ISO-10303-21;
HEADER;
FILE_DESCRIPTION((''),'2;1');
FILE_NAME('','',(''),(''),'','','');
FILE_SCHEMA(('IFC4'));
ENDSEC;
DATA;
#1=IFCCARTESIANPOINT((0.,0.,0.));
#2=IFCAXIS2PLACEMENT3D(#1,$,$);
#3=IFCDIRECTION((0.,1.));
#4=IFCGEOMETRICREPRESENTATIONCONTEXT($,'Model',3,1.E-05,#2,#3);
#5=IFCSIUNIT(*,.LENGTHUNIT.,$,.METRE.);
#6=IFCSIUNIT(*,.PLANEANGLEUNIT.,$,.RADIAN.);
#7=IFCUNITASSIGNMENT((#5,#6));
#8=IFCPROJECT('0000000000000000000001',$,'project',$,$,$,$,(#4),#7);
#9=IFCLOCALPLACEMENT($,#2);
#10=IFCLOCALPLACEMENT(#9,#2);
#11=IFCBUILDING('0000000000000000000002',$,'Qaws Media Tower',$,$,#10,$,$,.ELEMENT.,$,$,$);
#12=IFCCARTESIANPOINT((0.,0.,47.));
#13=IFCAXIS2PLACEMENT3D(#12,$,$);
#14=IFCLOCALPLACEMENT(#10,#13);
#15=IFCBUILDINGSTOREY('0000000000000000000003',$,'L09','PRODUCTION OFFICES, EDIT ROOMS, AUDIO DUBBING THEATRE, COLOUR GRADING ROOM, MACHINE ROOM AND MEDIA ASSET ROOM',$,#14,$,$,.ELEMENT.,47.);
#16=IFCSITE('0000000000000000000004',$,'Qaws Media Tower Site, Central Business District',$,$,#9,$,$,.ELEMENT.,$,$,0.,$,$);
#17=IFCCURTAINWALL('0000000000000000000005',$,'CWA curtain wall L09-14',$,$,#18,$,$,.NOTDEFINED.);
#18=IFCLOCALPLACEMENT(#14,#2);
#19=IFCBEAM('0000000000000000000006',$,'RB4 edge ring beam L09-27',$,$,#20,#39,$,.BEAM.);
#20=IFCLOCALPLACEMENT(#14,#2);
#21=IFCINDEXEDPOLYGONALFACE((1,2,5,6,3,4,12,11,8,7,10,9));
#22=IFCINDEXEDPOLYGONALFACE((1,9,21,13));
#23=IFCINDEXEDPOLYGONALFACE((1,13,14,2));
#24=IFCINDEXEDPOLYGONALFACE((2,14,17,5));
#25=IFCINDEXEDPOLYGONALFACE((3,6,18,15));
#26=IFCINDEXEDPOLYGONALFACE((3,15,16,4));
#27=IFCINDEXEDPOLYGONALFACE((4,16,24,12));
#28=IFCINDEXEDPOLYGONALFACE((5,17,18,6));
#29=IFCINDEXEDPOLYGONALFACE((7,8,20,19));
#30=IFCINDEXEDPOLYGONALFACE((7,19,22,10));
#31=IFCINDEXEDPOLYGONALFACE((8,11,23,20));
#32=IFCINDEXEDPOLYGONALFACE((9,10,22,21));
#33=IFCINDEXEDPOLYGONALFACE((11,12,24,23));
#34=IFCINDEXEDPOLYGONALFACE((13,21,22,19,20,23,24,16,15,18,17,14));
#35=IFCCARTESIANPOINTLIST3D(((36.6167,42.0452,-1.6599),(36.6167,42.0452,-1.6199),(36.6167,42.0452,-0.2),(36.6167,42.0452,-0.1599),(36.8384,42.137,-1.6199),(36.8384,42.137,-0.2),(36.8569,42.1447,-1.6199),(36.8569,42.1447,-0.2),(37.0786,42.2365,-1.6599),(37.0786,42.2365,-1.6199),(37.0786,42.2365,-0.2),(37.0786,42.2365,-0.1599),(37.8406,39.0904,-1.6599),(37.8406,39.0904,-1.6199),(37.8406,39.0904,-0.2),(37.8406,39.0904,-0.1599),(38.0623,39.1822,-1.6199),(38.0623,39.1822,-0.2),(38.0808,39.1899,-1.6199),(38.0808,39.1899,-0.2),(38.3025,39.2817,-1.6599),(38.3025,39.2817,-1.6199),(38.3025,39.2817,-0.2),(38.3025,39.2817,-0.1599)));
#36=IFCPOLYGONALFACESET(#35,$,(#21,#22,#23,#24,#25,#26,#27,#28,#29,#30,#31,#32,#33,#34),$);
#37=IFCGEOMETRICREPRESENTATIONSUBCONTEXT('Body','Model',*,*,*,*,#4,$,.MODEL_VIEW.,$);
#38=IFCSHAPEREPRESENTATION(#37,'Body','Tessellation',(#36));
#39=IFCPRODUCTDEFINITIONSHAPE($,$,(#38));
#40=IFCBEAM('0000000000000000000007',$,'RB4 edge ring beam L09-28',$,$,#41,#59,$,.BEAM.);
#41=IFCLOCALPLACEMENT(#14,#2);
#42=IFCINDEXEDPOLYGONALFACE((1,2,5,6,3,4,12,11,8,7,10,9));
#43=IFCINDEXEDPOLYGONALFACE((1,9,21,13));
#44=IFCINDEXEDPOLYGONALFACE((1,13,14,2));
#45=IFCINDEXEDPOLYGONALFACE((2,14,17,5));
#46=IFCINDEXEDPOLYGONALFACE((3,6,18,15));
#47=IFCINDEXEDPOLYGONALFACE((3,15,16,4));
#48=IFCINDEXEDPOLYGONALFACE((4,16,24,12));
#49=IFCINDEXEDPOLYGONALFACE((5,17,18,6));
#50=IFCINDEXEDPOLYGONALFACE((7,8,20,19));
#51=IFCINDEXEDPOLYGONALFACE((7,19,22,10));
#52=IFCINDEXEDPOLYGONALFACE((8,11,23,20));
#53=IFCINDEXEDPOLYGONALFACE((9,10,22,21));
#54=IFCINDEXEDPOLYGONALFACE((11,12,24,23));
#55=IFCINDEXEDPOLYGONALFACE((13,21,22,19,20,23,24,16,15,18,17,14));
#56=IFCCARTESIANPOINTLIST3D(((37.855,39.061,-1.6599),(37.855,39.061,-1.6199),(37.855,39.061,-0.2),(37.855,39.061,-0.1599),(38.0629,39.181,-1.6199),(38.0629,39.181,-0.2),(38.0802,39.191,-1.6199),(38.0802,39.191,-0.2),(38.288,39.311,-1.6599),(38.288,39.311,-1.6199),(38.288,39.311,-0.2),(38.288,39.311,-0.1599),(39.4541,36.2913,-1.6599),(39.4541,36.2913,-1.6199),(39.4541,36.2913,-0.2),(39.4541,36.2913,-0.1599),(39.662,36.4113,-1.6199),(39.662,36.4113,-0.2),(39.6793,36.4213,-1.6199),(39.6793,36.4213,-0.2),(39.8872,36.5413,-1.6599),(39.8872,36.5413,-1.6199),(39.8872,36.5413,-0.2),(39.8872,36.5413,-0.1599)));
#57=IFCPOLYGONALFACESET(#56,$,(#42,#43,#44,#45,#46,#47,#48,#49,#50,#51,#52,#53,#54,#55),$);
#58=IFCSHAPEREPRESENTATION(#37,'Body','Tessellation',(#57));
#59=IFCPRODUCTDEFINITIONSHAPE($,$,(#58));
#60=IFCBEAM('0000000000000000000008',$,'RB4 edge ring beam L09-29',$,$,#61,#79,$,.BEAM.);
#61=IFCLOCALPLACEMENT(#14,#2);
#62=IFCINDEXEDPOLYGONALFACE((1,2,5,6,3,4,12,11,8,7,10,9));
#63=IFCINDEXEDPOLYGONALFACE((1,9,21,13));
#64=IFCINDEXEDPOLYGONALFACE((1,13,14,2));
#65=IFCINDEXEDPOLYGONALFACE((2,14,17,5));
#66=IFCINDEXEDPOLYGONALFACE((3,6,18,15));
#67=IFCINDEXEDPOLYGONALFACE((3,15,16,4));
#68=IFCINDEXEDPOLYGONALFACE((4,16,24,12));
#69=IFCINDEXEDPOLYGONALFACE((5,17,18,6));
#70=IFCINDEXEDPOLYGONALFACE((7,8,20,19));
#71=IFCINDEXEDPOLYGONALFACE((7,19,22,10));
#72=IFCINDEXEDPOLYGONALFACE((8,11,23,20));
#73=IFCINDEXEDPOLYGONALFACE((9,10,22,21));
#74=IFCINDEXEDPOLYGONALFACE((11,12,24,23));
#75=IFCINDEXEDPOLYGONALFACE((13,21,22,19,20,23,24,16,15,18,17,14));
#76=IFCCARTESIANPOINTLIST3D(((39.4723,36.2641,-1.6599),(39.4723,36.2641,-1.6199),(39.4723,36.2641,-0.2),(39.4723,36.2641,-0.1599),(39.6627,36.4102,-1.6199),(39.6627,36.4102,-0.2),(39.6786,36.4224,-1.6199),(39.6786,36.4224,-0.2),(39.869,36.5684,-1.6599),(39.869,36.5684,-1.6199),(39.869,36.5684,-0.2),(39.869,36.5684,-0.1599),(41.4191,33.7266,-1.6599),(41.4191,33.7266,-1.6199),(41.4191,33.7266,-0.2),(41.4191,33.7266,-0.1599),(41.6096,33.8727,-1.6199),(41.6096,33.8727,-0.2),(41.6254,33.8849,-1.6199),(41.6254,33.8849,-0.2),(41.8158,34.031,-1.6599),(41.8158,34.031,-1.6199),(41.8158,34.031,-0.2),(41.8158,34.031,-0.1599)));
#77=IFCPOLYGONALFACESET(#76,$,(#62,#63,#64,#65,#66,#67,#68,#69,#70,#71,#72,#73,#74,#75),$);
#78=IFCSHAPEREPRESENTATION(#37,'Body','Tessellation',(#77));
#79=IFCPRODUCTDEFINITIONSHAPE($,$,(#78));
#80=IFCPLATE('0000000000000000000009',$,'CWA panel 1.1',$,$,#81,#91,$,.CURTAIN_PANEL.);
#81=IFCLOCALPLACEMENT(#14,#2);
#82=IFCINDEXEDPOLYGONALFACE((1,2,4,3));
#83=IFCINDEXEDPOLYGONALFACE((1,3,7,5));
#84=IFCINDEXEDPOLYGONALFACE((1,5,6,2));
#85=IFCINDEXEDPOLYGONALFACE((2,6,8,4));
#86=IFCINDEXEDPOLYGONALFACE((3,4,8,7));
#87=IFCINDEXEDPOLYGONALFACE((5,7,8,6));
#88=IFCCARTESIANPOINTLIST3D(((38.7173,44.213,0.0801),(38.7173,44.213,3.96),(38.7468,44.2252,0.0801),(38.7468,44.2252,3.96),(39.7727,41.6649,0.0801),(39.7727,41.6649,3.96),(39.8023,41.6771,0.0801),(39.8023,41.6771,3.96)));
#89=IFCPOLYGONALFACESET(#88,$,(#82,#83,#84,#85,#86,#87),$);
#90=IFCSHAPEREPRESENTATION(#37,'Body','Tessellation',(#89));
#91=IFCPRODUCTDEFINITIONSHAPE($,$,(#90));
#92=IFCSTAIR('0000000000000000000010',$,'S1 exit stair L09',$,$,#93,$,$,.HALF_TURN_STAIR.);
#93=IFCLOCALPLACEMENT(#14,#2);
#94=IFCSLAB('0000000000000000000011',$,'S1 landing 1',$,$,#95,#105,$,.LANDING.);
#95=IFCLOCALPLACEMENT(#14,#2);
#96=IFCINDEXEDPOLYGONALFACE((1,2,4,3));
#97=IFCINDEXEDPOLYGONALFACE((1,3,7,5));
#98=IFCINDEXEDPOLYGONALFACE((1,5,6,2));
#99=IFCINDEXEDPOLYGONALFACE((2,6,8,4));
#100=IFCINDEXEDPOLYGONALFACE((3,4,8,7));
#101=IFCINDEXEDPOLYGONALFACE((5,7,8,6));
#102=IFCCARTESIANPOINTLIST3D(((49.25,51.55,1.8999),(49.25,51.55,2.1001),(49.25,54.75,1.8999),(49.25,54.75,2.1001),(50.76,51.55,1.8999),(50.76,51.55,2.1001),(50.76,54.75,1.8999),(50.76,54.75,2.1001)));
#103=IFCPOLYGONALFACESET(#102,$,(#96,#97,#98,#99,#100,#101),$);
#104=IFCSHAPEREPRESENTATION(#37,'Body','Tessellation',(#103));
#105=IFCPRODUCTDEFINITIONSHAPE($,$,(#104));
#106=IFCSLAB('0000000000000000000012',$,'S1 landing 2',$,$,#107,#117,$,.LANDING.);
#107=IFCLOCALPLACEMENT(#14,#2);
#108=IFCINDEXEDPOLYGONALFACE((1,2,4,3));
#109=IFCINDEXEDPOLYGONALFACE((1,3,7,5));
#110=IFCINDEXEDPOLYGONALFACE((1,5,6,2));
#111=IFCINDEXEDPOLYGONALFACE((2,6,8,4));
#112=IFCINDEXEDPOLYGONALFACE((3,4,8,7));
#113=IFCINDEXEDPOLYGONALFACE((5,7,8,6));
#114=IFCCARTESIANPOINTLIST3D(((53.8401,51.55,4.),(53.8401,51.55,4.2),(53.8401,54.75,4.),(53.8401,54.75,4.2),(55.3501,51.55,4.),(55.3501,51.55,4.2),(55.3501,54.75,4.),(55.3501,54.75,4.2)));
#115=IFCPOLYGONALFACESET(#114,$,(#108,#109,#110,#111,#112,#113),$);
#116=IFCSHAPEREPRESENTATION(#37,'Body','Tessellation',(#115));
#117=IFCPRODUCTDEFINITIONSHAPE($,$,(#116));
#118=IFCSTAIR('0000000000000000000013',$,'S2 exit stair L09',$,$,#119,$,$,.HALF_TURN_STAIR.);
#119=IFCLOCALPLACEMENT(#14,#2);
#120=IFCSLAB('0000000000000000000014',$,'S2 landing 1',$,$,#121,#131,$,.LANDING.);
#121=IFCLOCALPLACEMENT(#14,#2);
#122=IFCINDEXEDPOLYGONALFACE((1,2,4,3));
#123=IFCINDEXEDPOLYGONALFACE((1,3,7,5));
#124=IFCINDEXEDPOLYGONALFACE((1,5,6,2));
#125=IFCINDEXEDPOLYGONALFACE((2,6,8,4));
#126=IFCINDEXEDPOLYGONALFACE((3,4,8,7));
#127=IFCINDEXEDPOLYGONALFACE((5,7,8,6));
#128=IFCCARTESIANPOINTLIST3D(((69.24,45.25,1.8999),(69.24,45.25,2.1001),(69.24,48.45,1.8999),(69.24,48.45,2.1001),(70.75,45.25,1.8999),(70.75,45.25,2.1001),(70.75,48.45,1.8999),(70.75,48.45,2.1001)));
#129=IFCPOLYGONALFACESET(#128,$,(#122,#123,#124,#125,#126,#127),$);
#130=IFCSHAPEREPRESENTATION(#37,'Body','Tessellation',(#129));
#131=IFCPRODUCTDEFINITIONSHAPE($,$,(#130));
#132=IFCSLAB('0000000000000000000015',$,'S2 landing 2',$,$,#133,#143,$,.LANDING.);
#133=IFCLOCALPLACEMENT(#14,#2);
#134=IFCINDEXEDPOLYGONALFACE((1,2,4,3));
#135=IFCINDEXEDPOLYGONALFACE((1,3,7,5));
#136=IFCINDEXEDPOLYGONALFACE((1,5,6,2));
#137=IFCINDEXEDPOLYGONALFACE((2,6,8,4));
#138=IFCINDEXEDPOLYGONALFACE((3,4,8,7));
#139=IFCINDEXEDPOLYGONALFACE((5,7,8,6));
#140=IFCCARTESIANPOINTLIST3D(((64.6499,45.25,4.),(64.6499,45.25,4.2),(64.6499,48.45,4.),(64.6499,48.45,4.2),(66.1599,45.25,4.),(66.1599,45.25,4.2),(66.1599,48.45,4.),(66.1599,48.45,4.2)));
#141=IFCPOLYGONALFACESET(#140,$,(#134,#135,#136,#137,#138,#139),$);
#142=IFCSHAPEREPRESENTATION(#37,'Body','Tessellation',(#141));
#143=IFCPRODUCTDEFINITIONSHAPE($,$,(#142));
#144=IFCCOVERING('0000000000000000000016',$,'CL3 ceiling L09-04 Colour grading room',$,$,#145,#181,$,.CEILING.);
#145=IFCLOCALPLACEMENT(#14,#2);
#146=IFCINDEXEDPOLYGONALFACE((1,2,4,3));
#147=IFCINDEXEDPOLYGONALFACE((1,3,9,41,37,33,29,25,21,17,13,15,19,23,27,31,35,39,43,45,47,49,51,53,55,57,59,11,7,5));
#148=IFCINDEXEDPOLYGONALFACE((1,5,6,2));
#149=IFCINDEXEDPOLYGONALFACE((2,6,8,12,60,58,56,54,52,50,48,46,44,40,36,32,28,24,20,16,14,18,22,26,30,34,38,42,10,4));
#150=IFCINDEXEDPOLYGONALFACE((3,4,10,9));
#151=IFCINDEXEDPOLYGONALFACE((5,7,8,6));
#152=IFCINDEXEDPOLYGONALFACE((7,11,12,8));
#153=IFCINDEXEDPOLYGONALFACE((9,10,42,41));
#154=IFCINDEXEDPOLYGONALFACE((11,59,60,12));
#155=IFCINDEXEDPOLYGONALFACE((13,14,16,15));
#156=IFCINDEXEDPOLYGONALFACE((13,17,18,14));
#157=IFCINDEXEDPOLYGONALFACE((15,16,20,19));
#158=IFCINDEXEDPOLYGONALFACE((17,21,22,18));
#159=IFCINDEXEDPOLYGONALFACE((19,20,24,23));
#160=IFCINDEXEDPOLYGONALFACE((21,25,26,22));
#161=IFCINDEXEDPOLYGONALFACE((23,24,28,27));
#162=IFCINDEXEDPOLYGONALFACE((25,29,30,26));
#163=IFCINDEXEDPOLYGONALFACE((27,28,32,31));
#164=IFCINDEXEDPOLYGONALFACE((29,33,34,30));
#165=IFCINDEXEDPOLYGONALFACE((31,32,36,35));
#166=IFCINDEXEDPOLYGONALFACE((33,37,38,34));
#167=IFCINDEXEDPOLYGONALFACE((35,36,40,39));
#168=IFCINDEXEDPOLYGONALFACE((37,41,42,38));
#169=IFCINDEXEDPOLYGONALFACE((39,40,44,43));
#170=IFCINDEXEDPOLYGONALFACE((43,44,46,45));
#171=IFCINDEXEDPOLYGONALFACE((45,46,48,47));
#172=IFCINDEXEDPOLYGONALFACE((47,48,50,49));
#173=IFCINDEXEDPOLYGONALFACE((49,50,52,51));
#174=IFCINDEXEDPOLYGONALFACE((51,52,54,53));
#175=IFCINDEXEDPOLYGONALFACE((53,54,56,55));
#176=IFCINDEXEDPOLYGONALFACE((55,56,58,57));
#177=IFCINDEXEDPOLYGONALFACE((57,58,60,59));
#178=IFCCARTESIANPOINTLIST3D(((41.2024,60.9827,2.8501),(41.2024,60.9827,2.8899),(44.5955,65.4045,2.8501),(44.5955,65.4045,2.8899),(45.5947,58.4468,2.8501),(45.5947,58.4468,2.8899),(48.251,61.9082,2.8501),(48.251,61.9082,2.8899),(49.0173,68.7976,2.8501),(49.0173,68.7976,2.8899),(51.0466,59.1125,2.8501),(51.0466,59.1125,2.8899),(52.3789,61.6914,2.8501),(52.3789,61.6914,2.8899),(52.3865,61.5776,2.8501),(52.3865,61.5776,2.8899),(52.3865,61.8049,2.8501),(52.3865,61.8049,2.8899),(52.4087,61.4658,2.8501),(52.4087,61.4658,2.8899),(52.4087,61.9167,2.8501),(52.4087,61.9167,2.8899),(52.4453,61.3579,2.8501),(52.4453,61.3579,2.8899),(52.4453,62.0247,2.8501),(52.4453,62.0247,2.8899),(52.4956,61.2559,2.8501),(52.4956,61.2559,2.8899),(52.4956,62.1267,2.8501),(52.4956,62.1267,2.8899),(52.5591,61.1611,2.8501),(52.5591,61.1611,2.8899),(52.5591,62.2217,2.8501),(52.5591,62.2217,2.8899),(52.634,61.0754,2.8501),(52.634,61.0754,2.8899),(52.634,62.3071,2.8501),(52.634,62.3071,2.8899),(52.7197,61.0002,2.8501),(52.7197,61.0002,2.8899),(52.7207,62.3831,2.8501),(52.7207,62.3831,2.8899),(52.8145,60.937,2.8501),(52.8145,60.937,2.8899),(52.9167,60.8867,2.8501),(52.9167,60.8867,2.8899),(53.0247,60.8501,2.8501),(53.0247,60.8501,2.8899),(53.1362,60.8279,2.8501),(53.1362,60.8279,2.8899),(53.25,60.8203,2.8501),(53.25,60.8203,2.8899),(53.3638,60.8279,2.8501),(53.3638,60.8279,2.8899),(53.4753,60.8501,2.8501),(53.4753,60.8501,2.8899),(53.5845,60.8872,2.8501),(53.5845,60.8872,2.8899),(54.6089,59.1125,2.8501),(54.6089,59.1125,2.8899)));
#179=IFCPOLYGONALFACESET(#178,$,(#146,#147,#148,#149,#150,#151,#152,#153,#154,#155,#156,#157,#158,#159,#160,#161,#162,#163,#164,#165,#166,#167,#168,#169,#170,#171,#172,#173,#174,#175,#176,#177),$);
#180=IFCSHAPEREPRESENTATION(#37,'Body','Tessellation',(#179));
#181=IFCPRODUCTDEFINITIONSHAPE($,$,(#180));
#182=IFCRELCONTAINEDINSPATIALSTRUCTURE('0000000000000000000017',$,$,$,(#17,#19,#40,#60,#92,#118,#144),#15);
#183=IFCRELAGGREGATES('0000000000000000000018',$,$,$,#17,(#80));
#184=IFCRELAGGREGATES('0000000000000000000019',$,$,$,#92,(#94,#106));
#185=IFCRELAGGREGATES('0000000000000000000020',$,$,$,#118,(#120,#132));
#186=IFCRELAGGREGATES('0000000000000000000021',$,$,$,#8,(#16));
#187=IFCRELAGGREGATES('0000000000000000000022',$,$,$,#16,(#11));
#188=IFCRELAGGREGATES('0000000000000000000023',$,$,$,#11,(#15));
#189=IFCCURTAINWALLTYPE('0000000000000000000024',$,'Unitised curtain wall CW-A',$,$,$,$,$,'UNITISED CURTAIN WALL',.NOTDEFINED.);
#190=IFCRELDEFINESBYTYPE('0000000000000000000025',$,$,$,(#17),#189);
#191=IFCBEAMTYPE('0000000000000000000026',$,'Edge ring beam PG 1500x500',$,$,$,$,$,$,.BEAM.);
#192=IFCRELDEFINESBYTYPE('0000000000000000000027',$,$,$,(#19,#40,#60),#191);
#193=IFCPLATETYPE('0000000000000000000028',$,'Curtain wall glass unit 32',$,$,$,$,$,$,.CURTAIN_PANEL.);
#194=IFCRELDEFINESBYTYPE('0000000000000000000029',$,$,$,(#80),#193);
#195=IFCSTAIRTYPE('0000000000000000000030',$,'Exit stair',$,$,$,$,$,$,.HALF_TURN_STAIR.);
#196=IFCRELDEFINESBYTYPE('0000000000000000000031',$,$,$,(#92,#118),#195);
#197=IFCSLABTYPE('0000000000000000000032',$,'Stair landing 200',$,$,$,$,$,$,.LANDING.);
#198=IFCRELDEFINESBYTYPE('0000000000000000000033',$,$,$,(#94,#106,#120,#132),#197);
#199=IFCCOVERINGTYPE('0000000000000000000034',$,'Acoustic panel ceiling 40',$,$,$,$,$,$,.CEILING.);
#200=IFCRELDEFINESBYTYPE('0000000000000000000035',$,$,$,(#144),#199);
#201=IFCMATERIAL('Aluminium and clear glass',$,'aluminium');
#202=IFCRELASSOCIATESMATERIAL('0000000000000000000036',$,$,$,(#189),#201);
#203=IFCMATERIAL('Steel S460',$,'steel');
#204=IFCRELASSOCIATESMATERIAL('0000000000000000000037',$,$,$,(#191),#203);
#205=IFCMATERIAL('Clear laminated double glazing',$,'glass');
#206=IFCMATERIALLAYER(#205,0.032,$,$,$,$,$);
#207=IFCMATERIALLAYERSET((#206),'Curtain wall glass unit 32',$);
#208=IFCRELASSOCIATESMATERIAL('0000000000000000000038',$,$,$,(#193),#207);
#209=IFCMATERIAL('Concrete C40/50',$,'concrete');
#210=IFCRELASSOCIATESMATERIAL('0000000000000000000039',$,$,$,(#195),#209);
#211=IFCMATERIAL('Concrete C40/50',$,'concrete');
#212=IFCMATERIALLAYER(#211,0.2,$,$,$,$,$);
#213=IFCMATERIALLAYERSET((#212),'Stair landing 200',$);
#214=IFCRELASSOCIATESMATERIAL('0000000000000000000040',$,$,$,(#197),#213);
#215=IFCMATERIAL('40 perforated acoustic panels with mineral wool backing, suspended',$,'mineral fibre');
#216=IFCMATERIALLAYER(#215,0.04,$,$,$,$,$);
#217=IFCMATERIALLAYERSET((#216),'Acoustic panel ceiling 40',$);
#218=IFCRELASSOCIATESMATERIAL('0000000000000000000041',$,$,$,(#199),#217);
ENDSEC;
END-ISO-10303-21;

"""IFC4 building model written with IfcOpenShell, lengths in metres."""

from ifc_helpers import new_model, si_unit, direction, frame, origin, origin_2d, place, context, subcontext, project, spatial, polyline, rectangle, i_section, outline, extrude, material, layer, layer_set, material_profile, profile_set, type_object, element, aggregate, save


model = new_model("IFC4")

# Units and contexts
model_context = context("Model", 3, precision=1e-05, world=origin(), true_north=direction((0.0, 1.0)))
body_context = subcontext(model_context, "Body", "Model", "MODEL_VIEW")
ifc_project = project(units=[si_unit("LENGTHUNIT", "METRE"), si_unit("PLANEANGLEUNIT", "RADIAN")], contexts=[model_context])

# Site, building, storey
site_placement = place(None, origin())
site = spatial("IfcSite", under=ifc_project, at=site_placement, Name="Qaws Media Tower Site, Central Business District", CompositionType="ELEMENT", RefElevation=0.0)
building_placement = place(site_placement, origin())
building = spatial("IfcBuilding", under=site, at=building_placement, Name="Qaws Media Tower", CompositionType="ELEMENT")
storey_placement = place(building_placement, frame((0.0, 0.0, 47.0)))
storey = spatial("IfcBuildingStorey", under=building, at=storey_placement, Name="L09", Description="PRODUCTION OFFICES, EDIT ROOMS, AUDIO DUBBING THEATRE, COLOUR GRADING ROOM, MACHINE ROOM AND MEDIA ASSET ROOM", CompositionType="ELEMENT", Elevation=47.0)

# Curtain wall
ifc_material_1 = material(Name="Aluminium and clear glass", Category="aluminium")
curtain_wall_type = type_object("IfcCurtainWallType", Name="Unitised curtain wall CW-A", ElementType="UNITISED CURTAIN WALL", PredefinedType="NOTDEFINED", material=ifc_material_1)
curtain_wall_placement = place(storey_placement, origin())
curtain_wall = element("IfcCurtainWall", 1, at=curtain_wall_placement, inside=storey, type_object=curtain_wall_type, Name="CWA curtain wall L09-14", PredefinedType="NOTDEFINED")

# Beams
ifc_material_2 = material(Name="Steel S460", Category="steel")
ifc_material_profile_1 = material_profile(ifc_material_2, i_section(OverallWidth=0.5, OverallDepth=1.5, WebThickness=0.02, FlangeThickness=0.04, at=origin_2d()), Name="PG 1500x500")
ifc_profile_set_1 = profile_set([ifc_material_profile_1], Name="Steel S460")
beam_type = type_object("IfcBeamType", Name="Edge ring beam PG 1500x500", PredefinedType="BEAM", material=ifc_profile_set_1)
for number, where, z_axis, x_axis, name in (
    (2, (36.8477, 42.1409, -0.9099), (0.382669, -0.923886, 0.0), (0.923886, 0.382669, 0.0), "RB4 edge ring beam L09-27"),
    (3, (38.0715, 39.186, -0.9099), (0.499998, -0.866027, 0.0), (0.866027, 0.499998, 0.0), "RB4 edge ring beam L09-28"),
    (4, (39.6707, 36.4163, -0.9099), (0.608722, -0.793384, 0.0), (0.793384, 0.608722, 0.0), "RB4 edge ring beam L09-29"),
):
    element("IfcBeam", number, at=place(storey_placement, frame(where, z_axis=z_axis, x_axis=x_axis)), inside=storey, type_object=beam_type, Name=name, PredefinedType="BEAM", context=body_context, shape_type="SweptSolid", body=[
        extrude(i_section(OverallWidth=0.5, OverallDepth=1.5, WebThickness=0.02, FlangeThickness=0.04, at=origin_2d()), origin(), (0.0, 0.0, 1.0), 3.1982),
    ])

# Plate
ifc_material_3 = material(Name="Clear laminated double glazing", Category="glass")
ifc_layer_1 = layer(ifc_material_3, 0.032)
ifc_layer_set_1 = layer_set([ifc_layer_1], Name="Curtain wall glass unit 32")
plate_type = type_object("IfcPlateType", Name="Curtain wall glass unit 32", PredefinedType="CURTAIN_PANEL", material=ifc_layer_set_1)
plate_placement = place(storey_placement, frame((39.2598, 42.9451, 0.0801), z_axis=(0.0, 0.0, 1.0), x_axis=(0.382683, -0.92388, 0.0)))
plate = element("IfcPlate", 5, at=plate_placement, type_object=plate_type, Name="CWA panel 1.1", PredefinedType="CURTAIN_PANEL", context=body_context, shape_type="SweptSolid", body=[
    extrude(rectangle(XDim=2.7581, YDim=0.032, at=origin_2d()), origin(), (0.0, 0.0, 1.0), 3.8799),
])
aggregate(curtain_wall, [plate])

# Stairs, slabs
ifc_material_4 = material(Name="Concrete C40/50", Category="concrete")
stair_type = type_object("IfcStairType", Name="Exit stair", PredefinedType="HALF_TURN_STAIR", material=ifc_material_4)
stair_1_placement = place(storey_placement, origin())
stair_1 = element("IfcStair", 6, at=stair_1_placement, inside=storey, type_object=stair_type, Name="S1 exit stair L09", PredefinedType="HALF_TURN_STAIR")
ifc_material_5 = material(Name="Concrete C40/50", Category="concrete")
ifc_layer_2 = layer(ifc_material_5, 0.2)
ifc_layer_set_2 = layer_set([ifc_layer_2], Name="Stair landing 200")
slab_type = type_object("IfcSlabType", Name="Stair landing 200", PredefinedType="LANDING", material=ifc_layer_set_2)
slab_1_placement = place(storey_placement, frame((0.0, 0.0, 1.8999)))
slab_1 = element("IfcSlab", 7, at=slab_1_placement, type_object=slab_type, Name="S1 landing 1", PredefinedType="LANDING", context=body_context, shape_type="SweptSolid", body=[
    extrude(outline(polyline([(49.25, 51.55), (50.76, 51.55), (50.76, 54.75), (49.25, 54.75), (49.25, 51.55)])), origin(), (0.0, 0.0, 1.0), 0.2002),
])
slab_2_placement = place(storey_placement, frame((0.0, 0.0, 4.0)))
slab_2 = element("IfcSlab", 8, at=slab_2_placement, type_object=slab_type, Name="S1 landing 2", PredefinedType="LANDING", context=body_context, shape_type="SweptSolid", body=[
    extrude(outline(polyline([(53.8401, 51.55), (55.3501, 51.55), (55.3501, 54.75), (53.8401, 54.75), (53.8401, 51.55)])), origin(), (0.0, 0.0, 1.0), 0.2),
])
aggregate(stair_1, [slab_1, slab_2])
stair_2_placement = place(storey_placement, origin())
stair_2 = element("IfcStair", 9, at=stair_2_placement, inside=storey, type_object=stair_type, Name="S2 exit stair L09", PredefinedType="HALF_TURN_STAIR")
slab_3_placement = place(storey_placement, frame((0.0, 0.0, 1.8999)))
slab_3 = element("IfcSlab", 10, at=slab_3_placement, type_object=slab_type, Name="S2 landing 1", PredefinedType="LANDING", context=body_context, shape_type="SweptSolid", body=[
    extrude(outline(polyline([(69.24, 45.25), (70.75, 45.25), (70.75, 48.45), (69.24, 48.45), (69.24, 45.25)])), origin(), (0.0, 0.0, 1.0), 0.2002),
])
slab_4_placement = place(storey_placement, frame((0.0, 0.0, 4.0)))
slab_4 = element("IfcSlab", 11, at=slab_4_placement, type_object=slab_type, Name="S2 landing 2", PredefinedType="LANDING", context=body_context, shape_type="SweptSolid", body=[
    extrude(outline(polyline([(64.6499, 45.25), (66.1599, 45.25), (66.1599, 48.45), (64.6499, 48.45), (64.6499, 45.25)])), origin(), (0.0, 0.0, 1.0), 0.2),
])
aggregate(stair_2, [slab_3, slab_4])

# Covering
ifc_material_6 = material(Name="40 perforated acoustic panels with mineral wool backing, suspended", Category="mineral fibre")
ifc_layer_3 = layer(ifc_material_6, 0.04)
ifc_layer_set_3 = layer_set([ifc_layer_3], Name="Acoustic panel ceiling 40")
covering_type_1 = type_object("IfcCoveringType", Name="Acoustic panel ceiling 40", PredefinedType="CEILING", material=ifc_layer_set_3)
covering_1_placement = place(storey_placement, frame((0.0, 0.0, 2.8501)))
element("IfcCovering", 12, at=covering_1_placement, inside=storey, type_object=covering_type_1, Name="CL3 ceiling L09-04 Colour grading room", PredefinedType="CEILING", context=body_context, shape_type="SweptSolid", body=[
    extrude(outline(polyline([(44.5955, 65.4045), (49.0173, 68.7976), (52.7207, 62.3831), (52.634, 62.3071), (52.5591, 62.2217), (52.4956, 62.1267), (52.4453, 62.0247), (52.4087, 61.9167), (52.3865, 61.8049), (52.3789, 61.6914), (52.3865, 61.5776), (52.4087, 61.4658), (52.4453, 61.3579), (52.4956, 61.2559), (52.5591, 61.1611), (52.634, 61.0754), (52.7197, 61.0002), (52.8145, 60.937), (52.9167, 60.8867), (53.0247, 60.8501), (53.1362, 60.8279), (53.25, 60.8203), (53.3638, 60.8279), (53.4753, 60.8501), (53.5845, 60.8872), (54.6089, 59.1125), (51.0466, 59.1125), (48.251, 61.9082), (45.5947, 58.4468), (41.2024, 60.9827), (44.5955, 65.4045)])), origin(), (0.0, 0.0, 1.0), 0.0398),
])

save(model, "model.ifc")
